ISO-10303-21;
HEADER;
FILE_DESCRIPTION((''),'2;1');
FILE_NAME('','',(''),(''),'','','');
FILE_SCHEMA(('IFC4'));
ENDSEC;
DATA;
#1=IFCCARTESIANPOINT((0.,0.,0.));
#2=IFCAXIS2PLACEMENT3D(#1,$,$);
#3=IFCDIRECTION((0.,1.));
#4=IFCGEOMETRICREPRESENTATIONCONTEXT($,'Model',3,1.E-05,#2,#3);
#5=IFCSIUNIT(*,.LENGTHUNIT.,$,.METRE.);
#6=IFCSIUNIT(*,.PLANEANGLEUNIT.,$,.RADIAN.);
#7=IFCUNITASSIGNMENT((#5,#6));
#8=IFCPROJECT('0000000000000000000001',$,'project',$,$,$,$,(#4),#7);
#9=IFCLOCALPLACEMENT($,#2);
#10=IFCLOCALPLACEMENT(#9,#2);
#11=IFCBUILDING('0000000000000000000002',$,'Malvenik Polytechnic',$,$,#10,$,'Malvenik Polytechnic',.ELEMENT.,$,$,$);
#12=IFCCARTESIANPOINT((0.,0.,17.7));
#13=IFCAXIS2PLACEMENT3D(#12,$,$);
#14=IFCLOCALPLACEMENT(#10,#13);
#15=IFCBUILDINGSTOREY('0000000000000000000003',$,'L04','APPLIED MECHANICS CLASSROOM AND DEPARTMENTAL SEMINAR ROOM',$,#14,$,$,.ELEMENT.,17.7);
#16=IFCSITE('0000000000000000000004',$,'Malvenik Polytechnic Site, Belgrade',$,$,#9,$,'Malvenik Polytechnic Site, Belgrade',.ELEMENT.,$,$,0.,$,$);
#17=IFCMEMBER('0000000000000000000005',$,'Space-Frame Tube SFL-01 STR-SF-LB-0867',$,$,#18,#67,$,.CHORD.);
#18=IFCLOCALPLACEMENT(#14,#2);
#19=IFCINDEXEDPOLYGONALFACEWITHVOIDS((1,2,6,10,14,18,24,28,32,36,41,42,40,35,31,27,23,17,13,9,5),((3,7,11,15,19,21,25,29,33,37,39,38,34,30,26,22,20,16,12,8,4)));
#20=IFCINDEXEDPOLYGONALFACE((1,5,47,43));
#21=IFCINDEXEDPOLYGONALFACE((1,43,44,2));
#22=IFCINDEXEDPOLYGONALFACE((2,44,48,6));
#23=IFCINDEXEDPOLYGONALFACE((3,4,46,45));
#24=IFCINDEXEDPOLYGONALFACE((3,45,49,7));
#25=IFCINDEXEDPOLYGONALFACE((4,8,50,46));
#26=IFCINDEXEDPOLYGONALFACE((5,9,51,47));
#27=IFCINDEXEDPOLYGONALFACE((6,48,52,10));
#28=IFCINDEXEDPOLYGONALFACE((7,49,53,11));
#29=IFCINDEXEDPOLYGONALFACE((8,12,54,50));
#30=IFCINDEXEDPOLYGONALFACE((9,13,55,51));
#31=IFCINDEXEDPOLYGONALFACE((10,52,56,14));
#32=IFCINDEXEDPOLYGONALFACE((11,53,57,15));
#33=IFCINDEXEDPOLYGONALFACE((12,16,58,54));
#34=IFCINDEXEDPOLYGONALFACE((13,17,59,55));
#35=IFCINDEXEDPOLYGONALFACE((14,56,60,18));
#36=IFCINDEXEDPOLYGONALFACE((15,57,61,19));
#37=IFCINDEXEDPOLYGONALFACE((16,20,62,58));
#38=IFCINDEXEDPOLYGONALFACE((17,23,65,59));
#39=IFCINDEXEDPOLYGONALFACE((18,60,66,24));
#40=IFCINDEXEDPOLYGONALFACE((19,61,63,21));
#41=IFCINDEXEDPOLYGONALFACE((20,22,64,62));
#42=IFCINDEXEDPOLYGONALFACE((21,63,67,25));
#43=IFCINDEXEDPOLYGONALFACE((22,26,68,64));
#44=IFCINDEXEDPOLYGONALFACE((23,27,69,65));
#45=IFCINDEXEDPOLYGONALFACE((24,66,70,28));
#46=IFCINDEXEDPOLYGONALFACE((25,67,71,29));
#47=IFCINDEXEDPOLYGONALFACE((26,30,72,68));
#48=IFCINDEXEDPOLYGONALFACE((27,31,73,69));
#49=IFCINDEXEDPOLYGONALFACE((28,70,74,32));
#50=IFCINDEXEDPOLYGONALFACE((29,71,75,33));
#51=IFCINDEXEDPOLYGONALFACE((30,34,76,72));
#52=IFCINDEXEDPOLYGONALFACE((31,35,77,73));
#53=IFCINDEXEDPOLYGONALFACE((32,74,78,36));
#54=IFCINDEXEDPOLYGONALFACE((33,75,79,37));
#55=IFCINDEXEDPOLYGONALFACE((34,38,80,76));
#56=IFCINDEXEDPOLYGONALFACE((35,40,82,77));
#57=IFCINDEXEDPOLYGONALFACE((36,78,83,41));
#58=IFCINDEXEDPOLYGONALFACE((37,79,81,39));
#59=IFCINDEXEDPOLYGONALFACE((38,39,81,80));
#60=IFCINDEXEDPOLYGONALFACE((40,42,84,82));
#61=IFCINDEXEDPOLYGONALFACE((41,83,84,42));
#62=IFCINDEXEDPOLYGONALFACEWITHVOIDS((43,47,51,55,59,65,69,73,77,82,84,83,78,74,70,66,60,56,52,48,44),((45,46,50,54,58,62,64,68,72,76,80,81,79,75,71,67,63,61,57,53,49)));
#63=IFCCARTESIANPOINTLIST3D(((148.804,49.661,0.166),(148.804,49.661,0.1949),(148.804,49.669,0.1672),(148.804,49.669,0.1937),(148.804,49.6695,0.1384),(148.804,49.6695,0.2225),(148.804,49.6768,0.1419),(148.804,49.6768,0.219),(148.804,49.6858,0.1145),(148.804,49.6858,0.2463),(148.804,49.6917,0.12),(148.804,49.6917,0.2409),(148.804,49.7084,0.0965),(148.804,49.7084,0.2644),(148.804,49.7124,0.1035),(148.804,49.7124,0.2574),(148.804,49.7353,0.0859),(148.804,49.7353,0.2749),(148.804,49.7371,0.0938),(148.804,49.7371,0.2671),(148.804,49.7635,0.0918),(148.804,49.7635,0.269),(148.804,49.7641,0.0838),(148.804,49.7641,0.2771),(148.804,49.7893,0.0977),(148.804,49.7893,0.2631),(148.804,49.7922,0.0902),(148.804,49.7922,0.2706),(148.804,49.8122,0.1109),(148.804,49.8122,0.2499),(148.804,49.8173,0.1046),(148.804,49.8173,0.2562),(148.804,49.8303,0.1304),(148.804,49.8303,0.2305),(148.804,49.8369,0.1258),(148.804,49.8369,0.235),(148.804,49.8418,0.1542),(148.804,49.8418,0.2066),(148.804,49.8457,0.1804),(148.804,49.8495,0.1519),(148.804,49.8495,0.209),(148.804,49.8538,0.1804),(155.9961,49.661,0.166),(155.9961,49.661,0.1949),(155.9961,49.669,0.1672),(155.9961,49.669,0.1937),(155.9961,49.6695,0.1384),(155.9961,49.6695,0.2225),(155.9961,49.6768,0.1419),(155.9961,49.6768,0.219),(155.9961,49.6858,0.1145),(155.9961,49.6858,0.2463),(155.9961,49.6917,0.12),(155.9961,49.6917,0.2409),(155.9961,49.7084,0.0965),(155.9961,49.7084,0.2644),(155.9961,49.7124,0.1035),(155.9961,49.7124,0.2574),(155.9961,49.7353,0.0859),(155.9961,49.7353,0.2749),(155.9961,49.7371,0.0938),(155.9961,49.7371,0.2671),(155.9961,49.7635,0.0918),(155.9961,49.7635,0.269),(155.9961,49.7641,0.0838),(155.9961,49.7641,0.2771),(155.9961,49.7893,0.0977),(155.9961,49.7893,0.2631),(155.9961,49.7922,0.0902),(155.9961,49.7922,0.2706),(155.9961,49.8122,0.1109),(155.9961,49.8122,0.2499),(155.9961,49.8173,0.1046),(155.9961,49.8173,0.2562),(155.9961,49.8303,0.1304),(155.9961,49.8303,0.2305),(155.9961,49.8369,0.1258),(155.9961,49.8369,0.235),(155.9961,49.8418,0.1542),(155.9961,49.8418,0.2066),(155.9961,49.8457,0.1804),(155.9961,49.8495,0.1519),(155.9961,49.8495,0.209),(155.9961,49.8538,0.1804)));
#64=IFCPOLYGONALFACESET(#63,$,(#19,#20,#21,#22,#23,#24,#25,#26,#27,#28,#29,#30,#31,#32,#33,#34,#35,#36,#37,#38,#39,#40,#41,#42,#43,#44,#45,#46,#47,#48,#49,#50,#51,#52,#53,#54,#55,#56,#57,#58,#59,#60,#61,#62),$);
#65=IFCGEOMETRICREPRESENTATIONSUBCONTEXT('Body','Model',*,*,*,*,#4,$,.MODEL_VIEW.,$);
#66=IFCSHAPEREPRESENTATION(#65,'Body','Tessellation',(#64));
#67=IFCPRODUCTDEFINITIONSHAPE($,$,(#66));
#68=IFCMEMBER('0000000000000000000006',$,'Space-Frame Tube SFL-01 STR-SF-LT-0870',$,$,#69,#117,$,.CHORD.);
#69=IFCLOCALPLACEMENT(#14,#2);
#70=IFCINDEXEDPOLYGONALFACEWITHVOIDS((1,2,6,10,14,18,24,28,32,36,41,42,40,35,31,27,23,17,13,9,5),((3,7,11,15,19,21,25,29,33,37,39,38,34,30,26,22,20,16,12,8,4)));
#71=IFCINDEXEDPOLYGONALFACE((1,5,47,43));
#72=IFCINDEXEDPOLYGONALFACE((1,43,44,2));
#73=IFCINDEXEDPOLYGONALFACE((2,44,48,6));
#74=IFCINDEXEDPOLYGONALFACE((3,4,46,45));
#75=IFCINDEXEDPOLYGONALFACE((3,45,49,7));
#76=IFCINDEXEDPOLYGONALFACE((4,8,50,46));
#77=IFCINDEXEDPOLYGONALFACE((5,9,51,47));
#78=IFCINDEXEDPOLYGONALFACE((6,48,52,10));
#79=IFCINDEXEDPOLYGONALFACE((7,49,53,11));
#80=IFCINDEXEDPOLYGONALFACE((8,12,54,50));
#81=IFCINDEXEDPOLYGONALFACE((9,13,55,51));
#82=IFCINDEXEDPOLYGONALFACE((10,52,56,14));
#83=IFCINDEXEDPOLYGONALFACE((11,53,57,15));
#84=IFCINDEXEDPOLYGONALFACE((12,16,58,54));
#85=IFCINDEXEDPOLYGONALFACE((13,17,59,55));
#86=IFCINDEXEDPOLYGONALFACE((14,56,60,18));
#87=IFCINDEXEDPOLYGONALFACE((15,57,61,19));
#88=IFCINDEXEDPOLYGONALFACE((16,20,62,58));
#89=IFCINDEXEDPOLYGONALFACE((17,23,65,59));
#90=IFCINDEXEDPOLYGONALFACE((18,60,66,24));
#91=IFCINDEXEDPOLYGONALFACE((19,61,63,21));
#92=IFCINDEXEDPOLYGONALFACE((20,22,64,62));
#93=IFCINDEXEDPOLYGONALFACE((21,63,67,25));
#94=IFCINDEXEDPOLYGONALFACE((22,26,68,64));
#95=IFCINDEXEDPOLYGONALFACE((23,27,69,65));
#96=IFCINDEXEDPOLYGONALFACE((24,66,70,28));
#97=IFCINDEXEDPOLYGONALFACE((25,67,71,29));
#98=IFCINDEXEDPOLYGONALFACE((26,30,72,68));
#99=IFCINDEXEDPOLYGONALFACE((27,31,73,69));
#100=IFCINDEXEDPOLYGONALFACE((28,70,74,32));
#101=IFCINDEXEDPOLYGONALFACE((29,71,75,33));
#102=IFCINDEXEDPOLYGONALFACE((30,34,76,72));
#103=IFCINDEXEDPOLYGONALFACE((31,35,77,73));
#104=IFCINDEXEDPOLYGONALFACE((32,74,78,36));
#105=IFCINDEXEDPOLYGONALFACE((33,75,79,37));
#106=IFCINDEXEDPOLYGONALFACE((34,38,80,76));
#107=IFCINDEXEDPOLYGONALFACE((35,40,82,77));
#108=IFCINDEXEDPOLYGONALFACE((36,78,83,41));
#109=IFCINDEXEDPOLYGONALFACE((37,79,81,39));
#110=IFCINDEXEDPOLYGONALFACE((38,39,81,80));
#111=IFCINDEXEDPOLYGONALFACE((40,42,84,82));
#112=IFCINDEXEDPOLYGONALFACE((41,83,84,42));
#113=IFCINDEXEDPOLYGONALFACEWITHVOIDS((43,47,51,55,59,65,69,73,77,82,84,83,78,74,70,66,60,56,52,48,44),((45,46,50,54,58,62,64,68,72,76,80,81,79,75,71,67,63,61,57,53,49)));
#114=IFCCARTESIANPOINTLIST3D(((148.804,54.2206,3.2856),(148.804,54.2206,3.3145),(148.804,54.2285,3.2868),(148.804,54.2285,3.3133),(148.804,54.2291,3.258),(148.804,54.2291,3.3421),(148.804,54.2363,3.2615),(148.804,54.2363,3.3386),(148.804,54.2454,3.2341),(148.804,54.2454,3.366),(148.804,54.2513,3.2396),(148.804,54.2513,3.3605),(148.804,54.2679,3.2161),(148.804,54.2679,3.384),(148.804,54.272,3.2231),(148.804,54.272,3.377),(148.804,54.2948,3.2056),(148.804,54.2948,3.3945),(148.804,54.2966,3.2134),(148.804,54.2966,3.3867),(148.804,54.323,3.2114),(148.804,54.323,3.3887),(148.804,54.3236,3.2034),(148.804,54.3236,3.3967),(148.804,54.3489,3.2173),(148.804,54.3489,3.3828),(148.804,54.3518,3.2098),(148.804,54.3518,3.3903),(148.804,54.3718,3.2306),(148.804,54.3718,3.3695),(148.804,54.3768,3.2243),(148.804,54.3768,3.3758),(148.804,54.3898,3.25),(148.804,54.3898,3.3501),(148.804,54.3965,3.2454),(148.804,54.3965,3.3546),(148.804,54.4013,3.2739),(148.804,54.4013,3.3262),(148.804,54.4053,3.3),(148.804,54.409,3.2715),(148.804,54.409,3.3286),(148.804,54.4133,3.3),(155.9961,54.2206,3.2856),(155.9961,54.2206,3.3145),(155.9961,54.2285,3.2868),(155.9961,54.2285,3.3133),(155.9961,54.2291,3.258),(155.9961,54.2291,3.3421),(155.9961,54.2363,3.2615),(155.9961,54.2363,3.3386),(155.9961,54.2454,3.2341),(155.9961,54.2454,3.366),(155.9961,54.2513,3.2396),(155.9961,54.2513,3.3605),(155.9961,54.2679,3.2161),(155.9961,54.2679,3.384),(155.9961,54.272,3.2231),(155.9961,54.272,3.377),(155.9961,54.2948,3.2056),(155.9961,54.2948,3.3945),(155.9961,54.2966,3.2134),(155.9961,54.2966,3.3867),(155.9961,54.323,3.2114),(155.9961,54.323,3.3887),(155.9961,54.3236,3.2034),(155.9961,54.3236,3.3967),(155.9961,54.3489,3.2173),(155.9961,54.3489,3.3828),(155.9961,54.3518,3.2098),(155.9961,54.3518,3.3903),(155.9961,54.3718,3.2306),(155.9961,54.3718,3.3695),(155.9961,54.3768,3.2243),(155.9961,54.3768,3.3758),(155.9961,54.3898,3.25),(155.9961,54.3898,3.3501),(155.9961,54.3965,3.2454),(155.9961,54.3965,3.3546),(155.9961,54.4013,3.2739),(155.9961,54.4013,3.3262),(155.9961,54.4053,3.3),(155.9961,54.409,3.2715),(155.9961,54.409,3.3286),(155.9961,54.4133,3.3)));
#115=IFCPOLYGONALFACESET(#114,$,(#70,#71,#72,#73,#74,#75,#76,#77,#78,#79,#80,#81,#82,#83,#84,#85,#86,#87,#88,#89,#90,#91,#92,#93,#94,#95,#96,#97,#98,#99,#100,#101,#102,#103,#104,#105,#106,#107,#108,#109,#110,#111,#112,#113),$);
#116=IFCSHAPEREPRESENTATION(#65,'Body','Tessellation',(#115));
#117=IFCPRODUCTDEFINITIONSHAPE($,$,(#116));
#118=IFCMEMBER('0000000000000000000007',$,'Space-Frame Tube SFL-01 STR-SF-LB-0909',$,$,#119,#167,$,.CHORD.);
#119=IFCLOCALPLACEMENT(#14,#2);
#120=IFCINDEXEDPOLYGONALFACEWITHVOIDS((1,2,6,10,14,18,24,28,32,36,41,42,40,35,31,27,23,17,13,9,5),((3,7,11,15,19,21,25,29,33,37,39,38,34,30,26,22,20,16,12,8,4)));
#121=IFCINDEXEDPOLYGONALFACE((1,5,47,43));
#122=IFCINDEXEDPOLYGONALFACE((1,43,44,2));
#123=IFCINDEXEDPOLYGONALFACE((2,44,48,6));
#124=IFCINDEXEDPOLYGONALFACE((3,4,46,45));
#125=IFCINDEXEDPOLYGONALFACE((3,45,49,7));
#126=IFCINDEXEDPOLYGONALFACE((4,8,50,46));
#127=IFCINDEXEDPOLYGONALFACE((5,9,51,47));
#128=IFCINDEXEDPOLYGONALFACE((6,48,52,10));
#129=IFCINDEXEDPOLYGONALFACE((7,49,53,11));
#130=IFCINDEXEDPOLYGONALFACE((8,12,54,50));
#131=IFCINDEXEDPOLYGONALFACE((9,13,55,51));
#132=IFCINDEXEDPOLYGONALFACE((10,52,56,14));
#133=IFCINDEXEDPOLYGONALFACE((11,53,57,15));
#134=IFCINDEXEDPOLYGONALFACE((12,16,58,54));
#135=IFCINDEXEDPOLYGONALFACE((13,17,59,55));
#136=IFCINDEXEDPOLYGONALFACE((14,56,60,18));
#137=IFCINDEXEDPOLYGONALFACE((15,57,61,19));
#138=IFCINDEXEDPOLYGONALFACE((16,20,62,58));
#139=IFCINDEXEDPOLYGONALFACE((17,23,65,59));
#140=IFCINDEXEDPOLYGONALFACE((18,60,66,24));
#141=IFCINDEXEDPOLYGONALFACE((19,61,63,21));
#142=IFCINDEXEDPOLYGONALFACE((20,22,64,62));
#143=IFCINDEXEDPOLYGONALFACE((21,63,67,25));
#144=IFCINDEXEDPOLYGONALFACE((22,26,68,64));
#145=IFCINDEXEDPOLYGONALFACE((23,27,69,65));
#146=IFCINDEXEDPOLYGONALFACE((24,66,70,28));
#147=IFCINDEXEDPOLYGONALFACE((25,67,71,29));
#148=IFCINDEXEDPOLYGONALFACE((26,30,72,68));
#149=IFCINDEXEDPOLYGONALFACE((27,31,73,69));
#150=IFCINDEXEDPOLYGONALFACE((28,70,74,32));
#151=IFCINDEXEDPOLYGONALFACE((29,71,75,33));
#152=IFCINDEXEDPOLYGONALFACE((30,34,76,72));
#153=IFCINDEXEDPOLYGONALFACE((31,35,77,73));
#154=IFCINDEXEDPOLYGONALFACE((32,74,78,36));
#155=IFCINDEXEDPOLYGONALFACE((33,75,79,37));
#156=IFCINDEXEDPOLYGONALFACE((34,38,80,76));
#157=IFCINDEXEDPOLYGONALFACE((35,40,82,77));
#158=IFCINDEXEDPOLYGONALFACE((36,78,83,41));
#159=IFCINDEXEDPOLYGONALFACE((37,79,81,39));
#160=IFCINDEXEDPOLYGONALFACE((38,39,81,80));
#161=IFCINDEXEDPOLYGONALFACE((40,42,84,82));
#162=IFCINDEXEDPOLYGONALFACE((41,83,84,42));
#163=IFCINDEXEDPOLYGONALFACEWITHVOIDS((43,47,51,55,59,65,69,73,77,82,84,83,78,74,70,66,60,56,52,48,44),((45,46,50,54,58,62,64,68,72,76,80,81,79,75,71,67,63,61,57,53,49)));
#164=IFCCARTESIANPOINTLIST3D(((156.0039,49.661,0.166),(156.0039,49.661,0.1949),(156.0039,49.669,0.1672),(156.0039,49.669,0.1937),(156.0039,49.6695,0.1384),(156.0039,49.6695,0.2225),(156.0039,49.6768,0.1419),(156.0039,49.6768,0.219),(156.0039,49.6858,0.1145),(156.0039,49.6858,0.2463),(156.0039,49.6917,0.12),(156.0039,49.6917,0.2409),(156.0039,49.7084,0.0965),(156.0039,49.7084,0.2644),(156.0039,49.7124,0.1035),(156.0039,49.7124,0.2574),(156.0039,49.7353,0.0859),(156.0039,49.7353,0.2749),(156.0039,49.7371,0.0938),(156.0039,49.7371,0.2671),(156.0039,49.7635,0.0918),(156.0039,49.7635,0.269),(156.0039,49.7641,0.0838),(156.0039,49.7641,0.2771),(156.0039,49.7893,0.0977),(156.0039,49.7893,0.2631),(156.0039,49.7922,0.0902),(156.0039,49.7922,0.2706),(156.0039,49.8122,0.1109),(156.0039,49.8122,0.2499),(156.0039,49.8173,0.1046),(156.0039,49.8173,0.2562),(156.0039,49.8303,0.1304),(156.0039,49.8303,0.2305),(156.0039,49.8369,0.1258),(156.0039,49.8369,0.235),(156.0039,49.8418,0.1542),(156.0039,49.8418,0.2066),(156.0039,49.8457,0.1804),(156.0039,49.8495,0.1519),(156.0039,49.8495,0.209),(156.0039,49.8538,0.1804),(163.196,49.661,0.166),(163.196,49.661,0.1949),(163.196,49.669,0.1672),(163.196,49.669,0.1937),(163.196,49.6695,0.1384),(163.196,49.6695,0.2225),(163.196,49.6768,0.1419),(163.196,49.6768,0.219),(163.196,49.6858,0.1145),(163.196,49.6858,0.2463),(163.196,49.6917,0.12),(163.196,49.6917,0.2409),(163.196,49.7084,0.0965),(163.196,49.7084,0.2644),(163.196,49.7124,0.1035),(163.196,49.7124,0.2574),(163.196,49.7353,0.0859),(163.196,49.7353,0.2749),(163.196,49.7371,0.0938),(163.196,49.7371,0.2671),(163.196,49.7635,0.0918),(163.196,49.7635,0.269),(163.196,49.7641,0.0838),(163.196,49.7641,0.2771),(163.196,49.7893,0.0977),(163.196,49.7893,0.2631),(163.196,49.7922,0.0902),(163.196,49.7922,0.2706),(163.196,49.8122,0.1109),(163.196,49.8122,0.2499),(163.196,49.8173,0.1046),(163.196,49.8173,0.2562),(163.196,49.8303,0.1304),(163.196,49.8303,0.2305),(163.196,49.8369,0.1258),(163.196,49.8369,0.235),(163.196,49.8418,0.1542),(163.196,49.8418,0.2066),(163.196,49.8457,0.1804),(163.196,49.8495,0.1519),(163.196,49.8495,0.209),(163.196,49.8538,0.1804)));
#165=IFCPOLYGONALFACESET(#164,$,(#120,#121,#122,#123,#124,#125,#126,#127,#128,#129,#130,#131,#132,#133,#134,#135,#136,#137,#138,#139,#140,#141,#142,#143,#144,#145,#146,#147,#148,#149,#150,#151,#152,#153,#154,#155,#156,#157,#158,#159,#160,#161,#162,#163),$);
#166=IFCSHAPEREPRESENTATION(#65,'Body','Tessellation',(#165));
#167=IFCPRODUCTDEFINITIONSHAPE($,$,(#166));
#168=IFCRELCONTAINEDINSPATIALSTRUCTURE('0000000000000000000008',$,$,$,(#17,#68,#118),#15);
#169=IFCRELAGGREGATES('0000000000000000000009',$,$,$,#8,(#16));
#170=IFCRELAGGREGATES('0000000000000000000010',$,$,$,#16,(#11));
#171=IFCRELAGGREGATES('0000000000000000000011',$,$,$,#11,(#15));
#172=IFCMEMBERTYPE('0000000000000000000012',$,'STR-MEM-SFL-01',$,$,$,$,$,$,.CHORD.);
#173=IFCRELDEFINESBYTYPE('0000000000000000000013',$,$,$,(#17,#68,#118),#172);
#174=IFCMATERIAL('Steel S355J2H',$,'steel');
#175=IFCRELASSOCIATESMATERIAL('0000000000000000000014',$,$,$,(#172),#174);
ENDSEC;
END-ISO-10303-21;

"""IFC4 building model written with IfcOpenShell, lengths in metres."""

from ifc_helpers import new_model, si_unit, direction, frame, origin, origin_2d, place, context, subcontext, project, spatial, hollow_circle, extrude, material, material_profile, profile_set, type_object, element, save


model = new_model("IFC4")

# Units and contexts
model_context = context("Model", 3, precision=1e-05, world=origin(), true_north=direction((0.0, 1.0)))
body_context = subcontext(model_context, "Body", "Model", "MODEL_VIEW")
ifc_project = project(units=[si_unit("LENGTHUNIT", "METRE"), si_unit("PLANEANGLEUNIT", "RADIAN")], contexts=[model_context])

# Site, building, storey
site_placement = place(None, origin())
site = spatial("IfcSite", under=ifc_project, at=site_placement, Name="Malvenik Polytechnic Site, Belgrade", LongName="Malvenik Polytechnic Site, Belgrade", CompositionType="ELEMENT", RefElevation=0.0)
building_placement = place(site_placement, origin())
building = spatial("IfcBuilding", under=site, at=building_placement, Name="Malvenik Polytechnic", LongName="Malvenik Polytechnic", CompositionType="ELEMENT")
storey_placement = place(building_placement, frame((0.0, 0.0, 17.7)))
storey = spatial("IfcBuildingStorey", under=building, at=storey_placement, Name="L04", Description="APPLIED MECHANICS CLASSROOM AND DEPARTMENTAL SEMINAR ROOM", CompositionType="ELEMENT", Elevation=17.7)

# Members
ifc_material = material(Name="Steel S355J2H", Category="steel")
ifc_material_profile_1 = material_profile(ifc_material, hollow_circle(Radius=0.0969, WallThickness=0.0081, at=origin_2d()), Name="CHS 193.7x8.0")
ifc_profile_set_1 = profile_set([ifc_material_profile_1], Name="Steel S355J2H")
member_type_1 = type_object("IfcMemberType", Name="STR-MEM-SFL-01", PredefinedType="CHORD", material=ifc_profile_set_1)
for number, where, z_axis, x_axis, name in (
    (1, (148.804, 49.7568, 0.1804), (1.0, 0.0, 0.0), (0.0, 1.0, 0.0), "Space-Frame Tube SFL-01 STR-SF-LB-0867"),
    (2, (148.804, 54.3164, 3.3), (1.0, 0.0, 0.0), (0.0, 1.0, 0.0), "Space-Frame Tube SFL-01 STR-SF-LT-0870"),
    (3, (156.0039, 49.7568, 0.1804), (1.0, 0.0, 0.0), (0.0, 1.0, 0.0), "Space-Frame Tube SFL-01 STR-SF-LB-0909"),
):
    element("IfcMember", number, at=place(storey_placement, frame(where, z_axis=z_axis, x_axis=x_axis)), inside=storey, type_object=member_type_1, Name=name, PredefinedType="CHORD", context=body_context, shape_type="SweptSolid", body=[
        extrude(hollow_circle(Radius=0.0969, WallThickness=0.0081, at=origin_2d()), origin(), (0.0, 0.0, 1.0), 7.1921),
    ])

save(model, "model.ifc")
